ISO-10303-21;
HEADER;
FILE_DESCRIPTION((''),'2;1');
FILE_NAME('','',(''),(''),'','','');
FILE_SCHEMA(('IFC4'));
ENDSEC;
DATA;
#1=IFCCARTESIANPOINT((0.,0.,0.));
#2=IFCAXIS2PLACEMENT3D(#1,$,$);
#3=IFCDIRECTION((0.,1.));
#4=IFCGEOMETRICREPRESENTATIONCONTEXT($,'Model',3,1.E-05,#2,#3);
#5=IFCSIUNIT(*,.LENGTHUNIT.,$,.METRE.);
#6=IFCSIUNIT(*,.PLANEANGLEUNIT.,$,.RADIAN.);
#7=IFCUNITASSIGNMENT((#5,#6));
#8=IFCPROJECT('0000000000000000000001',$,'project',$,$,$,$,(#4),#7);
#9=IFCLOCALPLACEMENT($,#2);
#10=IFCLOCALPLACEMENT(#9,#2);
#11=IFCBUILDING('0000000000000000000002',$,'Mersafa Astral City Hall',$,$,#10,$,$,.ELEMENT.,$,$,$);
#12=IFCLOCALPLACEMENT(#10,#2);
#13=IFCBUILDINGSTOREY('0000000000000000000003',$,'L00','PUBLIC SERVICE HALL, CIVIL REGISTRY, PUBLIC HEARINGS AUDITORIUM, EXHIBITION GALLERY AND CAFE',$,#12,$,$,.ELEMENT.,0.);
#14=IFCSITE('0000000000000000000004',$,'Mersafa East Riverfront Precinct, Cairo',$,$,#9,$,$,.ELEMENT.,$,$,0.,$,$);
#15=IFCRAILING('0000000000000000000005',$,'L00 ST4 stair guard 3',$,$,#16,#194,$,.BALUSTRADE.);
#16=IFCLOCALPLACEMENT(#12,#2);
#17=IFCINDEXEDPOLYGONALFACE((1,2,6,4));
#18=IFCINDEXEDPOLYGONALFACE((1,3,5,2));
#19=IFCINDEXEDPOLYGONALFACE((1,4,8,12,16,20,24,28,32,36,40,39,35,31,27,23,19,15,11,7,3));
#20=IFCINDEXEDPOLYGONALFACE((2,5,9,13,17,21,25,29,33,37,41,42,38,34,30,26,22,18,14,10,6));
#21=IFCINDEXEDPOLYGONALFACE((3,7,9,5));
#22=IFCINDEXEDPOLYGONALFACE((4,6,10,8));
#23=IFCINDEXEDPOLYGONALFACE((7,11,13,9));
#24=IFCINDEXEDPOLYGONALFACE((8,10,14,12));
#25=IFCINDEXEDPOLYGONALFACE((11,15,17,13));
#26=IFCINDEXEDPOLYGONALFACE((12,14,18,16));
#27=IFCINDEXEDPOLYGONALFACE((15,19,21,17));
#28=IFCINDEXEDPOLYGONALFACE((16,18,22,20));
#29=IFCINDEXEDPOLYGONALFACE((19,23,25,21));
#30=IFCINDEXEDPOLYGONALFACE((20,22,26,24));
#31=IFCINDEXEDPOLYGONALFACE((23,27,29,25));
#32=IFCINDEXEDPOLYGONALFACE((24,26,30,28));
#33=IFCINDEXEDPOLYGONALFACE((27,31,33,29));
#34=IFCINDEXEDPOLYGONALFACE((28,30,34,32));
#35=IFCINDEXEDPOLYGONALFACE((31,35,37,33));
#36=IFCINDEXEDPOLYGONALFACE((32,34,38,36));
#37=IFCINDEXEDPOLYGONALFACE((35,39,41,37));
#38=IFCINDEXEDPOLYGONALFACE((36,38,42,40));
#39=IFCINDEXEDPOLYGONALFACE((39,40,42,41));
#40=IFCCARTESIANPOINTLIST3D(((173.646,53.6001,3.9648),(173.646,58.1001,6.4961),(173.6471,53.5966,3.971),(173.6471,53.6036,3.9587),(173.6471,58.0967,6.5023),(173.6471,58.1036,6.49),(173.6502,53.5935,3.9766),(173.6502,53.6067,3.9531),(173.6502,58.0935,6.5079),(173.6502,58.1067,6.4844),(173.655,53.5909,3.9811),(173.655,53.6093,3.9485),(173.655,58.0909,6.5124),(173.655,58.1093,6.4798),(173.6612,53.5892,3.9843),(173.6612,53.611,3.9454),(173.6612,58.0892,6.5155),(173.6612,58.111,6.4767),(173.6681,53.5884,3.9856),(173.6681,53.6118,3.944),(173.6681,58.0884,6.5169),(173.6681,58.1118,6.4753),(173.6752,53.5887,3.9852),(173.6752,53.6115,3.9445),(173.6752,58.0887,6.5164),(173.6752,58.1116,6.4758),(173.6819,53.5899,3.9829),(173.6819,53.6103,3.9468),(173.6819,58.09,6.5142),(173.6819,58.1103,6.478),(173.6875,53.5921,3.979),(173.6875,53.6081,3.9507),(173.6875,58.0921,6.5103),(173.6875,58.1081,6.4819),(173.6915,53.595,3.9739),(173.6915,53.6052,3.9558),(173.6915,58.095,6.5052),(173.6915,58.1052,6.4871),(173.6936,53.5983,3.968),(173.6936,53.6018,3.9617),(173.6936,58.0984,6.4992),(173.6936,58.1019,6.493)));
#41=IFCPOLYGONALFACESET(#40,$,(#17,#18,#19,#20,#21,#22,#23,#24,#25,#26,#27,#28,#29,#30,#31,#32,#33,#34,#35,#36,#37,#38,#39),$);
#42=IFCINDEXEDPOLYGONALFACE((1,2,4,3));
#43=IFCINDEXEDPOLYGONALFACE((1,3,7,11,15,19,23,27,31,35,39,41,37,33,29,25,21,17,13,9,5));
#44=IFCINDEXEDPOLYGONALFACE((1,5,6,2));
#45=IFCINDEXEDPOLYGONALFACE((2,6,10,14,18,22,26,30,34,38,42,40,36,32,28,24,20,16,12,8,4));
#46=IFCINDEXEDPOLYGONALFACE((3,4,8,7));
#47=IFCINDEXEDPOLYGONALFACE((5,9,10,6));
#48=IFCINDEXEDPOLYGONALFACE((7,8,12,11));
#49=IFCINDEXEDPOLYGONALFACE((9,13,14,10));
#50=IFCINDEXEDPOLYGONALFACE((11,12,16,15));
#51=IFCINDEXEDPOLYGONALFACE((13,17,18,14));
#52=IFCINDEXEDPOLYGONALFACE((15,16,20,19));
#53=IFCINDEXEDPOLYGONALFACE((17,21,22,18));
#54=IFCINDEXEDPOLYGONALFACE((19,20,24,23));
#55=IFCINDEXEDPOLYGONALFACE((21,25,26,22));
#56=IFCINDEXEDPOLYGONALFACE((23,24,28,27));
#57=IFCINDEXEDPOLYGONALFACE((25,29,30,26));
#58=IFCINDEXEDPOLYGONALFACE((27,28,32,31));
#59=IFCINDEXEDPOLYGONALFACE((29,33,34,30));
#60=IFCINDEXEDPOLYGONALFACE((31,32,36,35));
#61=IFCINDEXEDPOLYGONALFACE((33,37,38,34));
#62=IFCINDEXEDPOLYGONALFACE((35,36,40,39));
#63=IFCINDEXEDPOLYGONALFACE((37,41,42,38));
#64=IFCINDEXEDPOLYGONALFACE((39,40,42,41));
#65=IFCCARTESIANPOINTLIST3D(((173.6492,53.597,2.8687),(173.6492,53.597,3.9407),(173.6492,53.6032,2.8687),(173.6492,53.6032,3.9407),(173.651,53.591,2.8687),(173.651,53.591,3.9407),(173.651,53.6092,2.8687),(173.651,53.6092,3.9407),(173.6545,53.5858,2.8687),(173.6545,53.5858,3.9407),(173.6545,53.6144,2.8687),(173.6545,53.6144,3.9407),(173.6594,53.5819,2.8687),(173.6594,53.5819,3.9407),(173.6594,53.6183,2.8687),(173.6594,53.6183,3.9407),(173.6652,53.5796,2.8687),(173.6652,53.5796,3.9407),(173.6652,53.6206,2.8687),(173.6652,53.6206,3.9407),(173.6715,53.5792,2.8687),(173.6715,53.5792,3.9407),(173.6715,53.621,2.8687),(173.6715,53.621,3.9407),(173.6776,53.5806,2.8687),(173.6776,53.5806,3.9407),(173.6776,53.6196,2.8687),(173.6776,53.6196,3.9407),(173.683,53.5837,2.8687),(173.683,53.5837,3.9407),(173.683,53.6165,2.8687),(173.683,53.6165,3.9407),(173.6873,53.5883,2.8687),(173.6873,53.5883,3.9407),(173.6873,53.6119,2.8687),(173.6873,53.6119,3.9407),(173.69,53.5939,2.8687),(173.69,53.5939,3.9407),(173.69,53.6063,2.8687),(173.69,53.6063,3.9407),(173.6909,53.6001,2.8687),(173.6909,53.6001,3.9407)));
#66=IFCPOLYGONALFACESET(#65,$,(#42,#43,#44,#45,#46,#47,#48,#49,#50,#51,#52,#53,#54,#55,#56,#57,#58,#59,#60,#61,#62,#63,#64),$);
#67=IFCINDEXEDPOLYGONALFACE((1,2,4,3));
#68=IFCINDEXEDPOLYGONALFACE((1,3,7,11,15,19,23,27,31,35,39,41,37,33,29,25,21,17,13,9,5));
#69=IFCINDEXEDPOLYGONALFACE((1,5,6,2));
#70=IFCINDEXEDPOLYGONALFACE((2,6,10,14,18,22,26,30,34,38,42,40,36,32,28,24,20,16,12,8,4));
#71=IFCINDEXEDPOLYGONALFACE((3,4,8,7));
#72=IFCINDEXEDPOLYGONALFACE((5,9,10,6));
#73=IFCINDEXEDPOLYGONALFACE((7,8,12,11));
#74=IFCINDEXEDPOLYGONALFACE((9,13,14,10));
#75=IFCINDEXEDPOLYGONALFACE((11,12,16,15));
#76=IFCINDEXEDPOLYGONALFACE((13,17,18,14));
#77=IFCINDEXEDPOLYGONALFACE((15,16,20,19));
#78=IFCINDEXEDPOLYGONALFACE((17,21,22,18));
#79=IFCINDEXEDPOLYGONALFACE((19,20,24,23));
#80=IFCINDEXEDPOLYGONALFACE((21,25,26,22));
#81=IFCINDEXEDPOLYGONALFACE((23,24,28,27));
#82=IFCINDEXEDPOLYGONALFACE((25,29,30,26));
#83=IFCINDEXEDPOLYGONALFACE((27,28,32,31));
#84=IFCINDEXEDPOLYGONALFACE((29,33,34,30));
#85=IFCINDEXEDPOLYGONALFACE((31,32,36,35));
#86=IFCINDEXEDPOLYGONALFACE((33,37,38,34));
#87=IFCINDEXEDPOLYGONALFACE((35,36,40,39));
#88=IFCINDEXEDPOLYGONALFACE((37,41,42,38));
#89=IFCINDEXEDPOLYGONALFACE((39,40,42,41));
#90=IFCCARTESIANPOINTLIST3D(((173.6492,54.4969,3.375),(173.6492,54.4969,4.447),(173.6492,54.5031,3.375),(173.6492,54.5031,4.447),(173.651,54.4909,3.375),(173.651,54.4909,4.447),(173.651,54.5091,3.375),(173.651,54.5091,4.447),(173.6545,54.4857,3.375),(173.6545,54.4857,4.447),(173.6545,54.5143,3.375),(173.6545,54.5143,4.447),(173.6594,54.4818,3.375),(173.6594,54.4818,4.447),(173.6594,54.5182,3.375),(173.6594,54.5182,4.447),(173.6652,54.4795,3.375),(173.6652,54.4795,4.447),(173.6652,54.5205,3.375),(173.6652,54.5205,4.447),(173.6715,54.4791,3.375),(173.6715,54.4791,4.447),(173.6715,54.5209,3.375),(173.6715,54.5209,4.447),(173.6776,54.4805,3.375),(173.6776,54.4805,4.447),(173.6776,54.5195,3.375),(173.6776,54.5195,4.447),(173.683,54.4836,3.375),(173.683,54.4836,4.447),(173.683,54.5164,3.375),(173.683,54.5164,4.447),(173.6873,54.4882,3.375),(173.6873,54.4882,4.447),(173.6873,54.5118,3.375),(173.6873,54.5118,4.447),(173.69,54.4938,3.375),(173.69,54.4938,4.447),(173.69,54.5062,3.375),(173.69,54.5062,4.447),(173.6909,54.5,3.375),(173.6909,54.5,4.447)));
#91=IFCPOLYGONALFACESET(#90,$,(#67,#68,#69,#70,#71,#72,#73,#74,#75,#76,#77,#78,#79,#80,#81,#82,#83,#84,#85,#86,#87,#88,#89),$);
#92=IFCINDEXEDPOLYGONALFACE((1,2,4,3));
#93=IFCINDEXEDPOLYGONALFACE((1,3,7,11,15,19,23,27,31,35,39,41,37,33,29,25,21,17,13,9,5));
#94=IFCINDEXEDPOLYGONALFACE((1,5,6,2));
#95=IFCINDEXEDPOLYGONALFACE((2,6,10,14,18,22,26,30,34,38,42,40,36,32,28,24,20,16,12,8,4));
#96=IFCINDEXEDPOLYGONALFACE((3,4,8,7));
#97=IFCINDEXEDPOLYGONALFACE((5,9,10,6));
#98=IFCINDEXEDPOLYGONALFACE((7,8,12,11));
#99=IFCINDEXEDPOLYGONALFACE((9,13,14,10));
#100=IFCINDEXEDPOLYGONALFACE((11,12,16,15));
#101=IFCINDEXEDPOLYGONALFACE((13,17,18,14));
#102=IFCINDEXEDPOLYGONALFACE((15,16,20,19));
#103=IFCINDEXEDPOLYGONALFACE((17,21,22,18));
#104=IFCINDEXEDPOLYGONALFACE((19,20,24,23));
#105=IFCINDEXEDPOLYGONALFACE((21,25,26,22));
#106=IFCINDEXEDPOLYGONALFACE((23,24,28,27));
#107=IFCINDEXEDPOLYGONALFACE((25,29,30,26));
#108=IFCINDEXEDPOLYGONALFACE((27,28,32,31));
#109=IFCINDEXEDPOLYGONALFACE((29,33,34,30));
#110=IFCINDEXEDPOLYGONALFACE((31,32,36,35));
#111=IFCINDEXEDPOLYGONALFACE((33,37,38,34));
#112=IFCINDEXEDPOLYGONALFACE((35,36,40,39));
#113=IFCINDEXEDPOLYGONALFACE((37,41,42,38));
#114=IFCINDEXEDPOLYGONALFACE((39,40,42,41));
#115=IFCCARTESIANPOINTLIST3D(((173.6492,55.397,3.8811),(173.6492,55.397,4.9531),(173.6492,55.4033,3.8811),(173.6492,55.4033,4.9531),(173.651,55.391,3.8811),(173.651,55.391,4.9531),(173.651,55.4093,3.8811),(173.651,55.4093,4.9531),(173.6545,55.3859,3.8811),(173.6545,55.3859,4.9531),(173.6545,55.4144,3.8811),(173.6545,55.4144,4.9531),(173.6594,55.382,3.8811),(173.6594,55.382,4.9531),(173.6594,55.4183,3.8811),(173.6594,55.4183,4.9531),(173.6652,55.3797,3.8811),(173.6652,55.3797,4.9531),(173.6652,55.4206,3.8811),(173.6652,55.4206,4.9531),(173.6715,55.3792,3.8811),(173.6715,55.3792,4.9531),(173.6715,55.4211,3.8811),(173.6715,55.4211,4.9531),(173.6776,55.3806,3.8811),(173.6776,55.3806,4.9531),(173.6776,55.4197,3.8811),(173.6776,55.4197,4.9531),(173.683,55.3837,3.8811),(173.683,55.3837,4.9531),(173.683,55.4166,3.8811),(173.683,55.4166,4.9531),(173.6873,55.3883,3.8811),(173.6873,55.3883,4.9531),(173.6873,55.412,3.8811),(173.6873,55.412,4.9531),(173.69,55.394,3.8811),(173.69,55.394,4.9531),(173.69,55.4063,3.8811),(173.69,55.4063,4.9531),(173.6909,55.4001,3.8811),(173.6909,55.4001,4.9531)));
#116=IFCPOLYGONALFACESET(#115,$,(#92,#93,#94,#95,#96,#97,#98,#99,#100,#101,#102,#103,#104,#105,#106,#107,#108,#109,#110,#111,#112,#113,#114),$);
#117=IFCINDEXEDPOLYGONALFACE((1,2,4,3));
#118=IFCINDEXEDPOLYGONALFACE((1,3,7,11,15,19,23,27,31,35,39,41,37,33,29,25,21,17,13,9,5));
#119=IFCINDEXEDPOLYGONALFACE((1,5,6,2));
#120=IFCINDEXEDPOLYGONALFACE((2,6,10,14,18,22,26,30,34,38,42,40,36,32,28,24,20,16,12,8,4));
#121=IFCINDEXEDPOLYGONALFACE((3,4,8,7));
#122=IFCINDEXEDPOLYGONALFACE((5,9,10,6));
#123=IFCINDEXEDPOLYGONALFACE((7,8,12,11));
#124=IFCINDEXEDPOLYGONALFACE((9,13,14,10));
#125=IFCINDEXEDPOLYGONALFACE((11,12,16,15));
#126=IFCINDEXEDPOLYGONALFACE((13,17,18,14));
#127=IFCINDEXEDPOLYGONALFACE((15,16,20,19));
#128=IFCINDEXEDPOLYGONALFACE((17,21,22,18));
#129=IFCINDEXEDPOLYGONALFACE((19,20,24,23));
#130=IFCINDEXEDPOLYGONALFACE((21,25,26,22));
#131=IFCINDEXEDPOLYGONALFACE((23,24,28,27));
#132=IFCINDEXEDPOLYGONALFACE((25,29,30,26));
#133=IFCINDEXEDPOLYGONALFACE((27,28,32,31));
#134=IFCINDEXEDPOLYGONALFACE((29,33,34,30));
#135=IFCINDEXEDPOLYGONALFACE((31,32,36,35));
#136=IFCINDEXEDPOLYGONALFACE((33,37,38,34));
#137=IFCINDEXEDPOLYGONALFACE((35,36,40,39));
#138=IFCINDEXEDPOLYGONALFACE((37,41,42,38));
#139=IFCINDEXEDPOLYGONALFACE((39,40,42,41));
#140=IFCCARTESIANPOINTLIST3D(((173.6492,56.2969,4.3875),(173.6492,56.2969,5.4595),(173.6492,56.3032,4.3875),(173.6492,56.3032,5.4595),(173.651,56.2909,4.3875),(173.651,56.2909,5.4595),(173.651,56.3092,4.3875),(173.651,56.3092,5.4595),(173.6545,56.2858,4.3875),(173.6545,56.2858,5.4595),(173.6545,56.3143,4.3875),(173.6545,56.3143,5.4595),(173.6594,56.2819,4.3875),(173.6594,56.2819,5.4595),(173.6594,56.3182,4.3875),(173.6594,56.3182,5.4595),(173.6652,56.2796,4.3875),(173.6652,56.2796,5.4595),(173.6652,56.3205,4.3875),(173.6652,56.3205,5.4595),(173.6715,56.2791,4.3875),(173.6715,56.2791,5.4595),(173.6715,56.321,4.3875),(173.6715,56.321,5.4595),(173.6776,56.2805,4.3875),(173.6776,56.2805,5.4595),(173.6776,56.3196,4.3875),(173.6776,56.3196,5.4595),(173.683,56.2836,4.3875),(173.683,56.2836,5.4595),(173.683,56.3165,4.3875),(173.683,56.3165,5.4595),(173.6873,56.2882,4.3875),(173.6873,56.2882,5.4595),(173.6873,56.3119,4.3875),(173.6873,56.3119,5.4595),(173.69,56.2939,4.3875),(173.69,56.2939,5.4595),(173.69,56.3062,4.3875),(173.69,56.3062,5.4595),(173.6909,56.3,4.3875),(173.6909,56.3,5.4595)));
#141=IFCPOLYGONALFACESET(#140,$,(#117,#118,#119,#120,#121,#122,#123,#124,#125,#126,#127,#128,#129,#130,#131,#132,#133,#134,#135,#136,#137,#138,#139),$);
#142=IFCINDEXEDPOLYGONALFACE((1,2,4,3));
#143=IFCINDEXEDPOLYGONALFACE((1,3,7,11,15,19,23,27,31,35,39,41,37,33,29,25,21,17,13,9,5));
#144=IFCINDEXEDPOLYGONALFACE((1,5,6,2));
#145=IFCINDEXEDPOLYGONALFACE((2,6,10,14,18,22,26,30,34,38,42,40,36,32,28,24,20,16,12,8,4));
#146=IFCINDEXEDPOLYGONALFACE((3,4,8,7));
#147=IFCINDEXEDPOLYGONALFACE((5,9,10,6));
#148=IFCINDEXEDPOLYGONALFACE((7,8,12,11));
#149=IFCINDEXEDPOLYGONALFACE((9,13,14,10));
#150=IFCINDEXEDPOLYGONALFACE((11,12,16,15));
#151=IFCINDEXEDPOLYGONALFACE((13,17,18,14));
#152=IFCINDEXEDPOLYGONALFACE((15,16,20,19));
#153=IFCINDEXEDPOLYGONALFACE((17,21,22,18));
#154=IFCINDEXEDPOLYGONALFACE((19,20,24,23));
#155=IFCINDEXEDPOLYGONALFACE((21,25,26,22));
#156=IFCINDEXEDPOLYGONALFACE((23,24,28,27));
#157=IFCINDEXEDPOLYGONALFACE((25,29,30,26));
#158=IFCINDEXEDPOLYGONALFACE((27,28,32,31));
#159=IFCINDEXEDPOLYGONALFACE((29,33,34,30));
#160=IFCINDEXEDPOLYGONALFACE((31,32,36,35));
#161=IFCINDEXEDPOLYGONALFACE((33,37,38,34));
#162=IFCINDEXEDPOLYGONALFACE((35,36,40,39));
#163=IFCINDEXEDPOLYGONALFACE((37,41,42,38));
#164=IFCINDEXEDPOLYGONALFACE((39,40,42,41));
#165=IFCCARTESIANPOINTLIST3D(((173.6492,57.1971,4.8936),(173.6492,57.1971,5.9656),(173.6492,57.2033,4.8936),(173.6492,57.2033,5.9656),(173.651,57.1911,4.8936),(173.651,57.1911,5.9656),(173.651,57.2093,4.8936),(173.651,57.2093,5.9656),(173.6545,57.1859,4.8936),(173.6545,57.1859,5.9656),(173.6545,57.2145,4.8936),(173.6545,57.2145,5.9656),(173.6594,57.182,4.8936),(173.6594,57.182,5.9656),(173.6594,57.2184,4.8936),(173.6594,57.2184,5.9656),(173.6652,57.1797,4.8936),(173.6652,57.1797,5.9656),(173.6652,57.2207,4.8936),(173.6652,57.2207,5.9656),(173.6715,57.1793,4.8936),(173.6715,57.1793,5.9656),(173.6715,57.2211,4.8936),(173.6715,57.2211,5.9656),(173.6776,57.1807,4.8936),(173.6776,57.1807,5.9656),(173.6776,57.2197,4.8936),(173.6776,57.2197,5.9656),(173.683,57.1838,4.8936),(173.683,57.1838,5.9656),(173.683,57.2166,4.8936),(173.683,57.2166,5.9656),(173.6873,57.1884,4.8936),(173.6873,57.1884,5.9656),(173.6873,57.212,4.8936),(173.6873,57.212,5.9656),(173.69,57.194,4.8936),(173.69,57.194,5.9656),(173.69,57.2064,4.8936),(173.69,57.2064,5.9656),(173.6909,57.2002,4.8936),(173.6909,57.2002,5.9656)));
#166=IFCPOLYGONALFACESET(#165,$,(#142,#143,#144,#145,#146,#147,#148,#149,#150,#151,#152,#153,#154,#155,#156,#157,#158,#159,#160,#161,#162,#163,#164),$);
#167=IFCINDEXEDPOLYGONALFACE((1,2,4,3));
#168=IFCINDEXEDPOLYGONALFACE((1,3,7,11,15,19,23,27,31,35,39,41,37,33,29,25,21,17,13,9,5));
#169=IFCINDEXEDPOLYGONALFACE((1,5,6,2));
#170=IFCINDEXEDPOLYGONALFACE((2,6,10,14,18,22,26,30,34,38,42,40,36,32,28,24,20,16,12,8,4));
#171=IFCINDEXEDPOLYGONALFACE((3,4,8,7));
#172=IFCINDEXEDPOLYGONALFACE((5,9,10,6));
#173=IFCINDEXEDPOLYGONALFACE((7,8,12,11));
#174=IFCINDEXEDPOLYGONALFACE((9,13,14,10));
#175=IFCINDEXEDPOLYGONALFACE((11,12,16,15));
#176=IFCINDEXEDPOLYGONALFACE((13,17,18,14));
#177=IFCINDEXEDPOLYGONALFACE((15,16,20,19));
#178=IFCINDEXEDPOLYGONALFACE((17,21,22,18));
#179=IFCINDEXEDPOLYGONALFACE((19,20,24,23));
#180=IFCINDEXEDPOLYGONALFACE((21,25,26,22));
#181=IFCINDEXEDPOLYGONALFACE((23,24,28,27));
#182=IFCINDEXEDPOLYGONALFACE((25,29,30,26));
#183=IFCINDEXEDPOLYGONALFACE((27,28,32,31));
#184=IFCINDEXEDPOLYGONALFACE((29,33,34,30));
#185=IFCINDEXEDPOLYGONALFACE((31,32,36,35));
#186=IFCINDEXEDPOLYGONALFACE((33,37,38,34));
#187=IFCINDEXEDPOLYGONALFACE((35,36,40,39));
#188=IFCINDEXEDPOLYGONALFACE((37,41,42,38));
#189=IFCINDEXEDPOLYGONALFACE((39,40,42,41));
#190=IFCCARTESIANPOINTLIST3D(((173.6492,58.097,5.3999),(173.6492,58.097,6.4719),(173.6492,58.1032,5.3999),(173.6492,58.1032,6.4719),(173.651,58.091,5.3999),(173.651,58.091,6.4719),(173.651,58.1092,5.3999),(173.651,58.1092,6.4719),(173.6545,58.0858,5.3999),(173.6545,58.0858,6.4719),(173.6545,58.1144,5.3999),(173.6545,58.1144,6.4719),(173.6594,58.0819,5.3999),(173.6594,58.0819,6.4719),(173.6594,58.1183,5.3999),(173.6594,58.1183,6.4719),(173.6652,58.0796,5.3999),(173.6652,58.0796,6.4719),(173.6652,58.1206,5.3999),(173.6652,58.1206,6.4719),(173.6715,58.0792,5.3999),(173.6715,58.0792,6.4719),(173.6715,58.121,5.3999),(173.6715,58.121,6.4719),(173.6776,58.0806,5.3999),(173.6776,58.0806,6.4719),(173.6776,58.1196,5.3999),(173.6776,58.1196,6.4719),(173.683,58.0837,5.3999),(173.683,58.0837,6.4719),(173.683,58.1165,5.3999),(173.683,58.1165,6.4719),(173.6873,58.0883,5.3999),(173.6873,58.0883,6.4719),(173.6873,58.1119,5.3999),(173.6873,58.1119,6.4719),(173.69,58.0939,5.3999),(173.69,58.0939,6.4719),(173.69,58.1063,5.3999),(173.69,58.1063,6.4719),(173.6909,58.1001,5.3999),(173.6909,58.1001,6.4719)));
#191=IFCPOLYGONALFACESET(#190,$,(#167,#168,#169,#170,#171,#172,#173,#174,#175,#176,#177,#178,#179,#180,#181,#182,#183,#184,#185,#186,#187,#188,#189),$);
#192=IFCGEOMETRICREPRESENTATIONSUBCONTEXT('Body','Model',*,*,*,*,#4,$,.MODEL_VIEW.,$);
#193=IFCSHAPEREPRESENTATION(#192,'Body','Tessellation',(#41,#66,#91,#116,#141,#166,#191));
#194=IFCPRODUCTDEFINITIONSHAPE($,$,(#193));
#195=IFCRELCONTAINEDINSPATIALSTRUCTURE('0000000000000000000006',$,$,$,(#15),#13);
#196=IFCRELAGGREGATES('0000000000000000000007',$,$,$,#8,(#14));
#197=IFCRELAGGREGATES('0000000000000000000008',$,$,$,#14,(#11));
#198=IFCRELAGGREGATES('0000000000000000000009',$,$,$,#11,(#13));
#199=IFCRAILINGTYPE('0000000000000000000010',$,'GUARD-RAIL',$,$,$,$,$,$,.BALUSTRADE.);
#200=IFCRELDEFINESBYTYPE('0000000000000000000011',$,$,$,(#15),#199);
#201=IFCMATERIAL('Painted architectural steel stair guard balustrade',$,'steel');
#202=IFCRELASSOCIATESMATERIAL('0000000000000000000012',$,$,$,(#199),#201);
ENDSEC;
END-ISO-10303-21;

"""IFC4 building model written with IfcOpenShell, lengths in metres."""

from ifc_helpers import new_model, si_unit, direction, frame, origin, origin_2d, place, context, subcontext, project, spatial, circle, extrude, material, type_object, element, save


model = new_model("IFC4")

# Units and contexts
model_context = context("Model", 3, precision=1e-05, world=origin(), true_north=direction((0.0, 1.0)))
body_context = subcontext(model_context, "Body", "Model", "MODEL_VIEW")
ifc_project = project(units=[si_unit("LENGTHUNIT", "METRE"), si_unit("PLANEANGLEUNIT", "RADIAN")], contexts=[model_context])

# Site, building, storey
site_placement = place(None, origin())
site = spatial("IfcSite", under=ifc_project, at=site_placement, Name="Mersafa East Riverfront Precinct, Cairo", CompositionType="ELEMENT", RefElevation=0.0)
building_placement = place(site_placement, origin())
building = spatial("IfcBuilding", under=site, at=building_placement, Name="Mersafa Astral City Hall", CompositionType="ELEMENT")
storey_placement = place(building_placement, origin())
storey = spatial("IfcBuildingStorey", under=building, at=storey_placement, Name="L00", Description="PUBLIC SERVICE HALL, CIVIL REGISTRY, PUBLIC HEARINGS AUDITORIUM, EXHIBITION GALLERY AND CAFE", CompositionType="ELEMENT", Elevation=0.0)

# Railing
ifc_material_1 = material(Name="Painted architectural steel stair guard balustrade", Category="steel")
railing_type_1 = type_object("IfcRailingType", Name="GUARD-RAIL", PredefinedType="BALUSTRADE", material=ifc_material_1)
railing_1_placement = place(storey_placement, frame((173.6699, 53.6001, 2.8687)))
element("IfcRailing", 1, at=railing_1_placement, inside=storey, type_object=railing_type_1, Name="L00 ST4 stair guard 3", PredefinedType="BALUSTRADE", context=body_context, shape_type="SweptSolid", body=[
    extrude(circle(Radius=0.0239, at=origin_2d()), frame((0.0, 0.0, 1.0962), z_axis=(0.0, 0.871576, 0.490261), x_axis=(-1.0, 0.0, 0.0)), (0.0, 0.0, 1.0), 5.1631),
    extrude(circle(Radius=0.021, at=origin_2d()), origin(), (0.0, 0.0, 1.0), 1.072),
    extrude(circle(Radius=0.021, at=origin_2d()), frame((0.0, 0.8999, 0.5063)), (0.0, 0.0, 1.0), 1.072),
    extrude(circle(Radius=0.021, at=origin_2d()), frame((0.0, 1.8, 1.0125)), (0.0, 0.0, 1.0), 1.072),
    extrude(circle(Radius=0.021, at=origin_2d()), frame((0.0, 2.7, 1.5188)), (0.0, 0.0, 1.0), 1.072),
    extrude(circle(Radius=0.021, at=origin_2d()), frame((0.0, 3.6001, 2.0249)), (0.0, 0.0, 1.0), 1.072),
    extrude(circle(Radius=0.021, at=origin_2d()), frame((0.0, 4.5, 2.5312)), (0.0, 0.0, 1.0), 1.072),
])

save(model, "model.ifc")
